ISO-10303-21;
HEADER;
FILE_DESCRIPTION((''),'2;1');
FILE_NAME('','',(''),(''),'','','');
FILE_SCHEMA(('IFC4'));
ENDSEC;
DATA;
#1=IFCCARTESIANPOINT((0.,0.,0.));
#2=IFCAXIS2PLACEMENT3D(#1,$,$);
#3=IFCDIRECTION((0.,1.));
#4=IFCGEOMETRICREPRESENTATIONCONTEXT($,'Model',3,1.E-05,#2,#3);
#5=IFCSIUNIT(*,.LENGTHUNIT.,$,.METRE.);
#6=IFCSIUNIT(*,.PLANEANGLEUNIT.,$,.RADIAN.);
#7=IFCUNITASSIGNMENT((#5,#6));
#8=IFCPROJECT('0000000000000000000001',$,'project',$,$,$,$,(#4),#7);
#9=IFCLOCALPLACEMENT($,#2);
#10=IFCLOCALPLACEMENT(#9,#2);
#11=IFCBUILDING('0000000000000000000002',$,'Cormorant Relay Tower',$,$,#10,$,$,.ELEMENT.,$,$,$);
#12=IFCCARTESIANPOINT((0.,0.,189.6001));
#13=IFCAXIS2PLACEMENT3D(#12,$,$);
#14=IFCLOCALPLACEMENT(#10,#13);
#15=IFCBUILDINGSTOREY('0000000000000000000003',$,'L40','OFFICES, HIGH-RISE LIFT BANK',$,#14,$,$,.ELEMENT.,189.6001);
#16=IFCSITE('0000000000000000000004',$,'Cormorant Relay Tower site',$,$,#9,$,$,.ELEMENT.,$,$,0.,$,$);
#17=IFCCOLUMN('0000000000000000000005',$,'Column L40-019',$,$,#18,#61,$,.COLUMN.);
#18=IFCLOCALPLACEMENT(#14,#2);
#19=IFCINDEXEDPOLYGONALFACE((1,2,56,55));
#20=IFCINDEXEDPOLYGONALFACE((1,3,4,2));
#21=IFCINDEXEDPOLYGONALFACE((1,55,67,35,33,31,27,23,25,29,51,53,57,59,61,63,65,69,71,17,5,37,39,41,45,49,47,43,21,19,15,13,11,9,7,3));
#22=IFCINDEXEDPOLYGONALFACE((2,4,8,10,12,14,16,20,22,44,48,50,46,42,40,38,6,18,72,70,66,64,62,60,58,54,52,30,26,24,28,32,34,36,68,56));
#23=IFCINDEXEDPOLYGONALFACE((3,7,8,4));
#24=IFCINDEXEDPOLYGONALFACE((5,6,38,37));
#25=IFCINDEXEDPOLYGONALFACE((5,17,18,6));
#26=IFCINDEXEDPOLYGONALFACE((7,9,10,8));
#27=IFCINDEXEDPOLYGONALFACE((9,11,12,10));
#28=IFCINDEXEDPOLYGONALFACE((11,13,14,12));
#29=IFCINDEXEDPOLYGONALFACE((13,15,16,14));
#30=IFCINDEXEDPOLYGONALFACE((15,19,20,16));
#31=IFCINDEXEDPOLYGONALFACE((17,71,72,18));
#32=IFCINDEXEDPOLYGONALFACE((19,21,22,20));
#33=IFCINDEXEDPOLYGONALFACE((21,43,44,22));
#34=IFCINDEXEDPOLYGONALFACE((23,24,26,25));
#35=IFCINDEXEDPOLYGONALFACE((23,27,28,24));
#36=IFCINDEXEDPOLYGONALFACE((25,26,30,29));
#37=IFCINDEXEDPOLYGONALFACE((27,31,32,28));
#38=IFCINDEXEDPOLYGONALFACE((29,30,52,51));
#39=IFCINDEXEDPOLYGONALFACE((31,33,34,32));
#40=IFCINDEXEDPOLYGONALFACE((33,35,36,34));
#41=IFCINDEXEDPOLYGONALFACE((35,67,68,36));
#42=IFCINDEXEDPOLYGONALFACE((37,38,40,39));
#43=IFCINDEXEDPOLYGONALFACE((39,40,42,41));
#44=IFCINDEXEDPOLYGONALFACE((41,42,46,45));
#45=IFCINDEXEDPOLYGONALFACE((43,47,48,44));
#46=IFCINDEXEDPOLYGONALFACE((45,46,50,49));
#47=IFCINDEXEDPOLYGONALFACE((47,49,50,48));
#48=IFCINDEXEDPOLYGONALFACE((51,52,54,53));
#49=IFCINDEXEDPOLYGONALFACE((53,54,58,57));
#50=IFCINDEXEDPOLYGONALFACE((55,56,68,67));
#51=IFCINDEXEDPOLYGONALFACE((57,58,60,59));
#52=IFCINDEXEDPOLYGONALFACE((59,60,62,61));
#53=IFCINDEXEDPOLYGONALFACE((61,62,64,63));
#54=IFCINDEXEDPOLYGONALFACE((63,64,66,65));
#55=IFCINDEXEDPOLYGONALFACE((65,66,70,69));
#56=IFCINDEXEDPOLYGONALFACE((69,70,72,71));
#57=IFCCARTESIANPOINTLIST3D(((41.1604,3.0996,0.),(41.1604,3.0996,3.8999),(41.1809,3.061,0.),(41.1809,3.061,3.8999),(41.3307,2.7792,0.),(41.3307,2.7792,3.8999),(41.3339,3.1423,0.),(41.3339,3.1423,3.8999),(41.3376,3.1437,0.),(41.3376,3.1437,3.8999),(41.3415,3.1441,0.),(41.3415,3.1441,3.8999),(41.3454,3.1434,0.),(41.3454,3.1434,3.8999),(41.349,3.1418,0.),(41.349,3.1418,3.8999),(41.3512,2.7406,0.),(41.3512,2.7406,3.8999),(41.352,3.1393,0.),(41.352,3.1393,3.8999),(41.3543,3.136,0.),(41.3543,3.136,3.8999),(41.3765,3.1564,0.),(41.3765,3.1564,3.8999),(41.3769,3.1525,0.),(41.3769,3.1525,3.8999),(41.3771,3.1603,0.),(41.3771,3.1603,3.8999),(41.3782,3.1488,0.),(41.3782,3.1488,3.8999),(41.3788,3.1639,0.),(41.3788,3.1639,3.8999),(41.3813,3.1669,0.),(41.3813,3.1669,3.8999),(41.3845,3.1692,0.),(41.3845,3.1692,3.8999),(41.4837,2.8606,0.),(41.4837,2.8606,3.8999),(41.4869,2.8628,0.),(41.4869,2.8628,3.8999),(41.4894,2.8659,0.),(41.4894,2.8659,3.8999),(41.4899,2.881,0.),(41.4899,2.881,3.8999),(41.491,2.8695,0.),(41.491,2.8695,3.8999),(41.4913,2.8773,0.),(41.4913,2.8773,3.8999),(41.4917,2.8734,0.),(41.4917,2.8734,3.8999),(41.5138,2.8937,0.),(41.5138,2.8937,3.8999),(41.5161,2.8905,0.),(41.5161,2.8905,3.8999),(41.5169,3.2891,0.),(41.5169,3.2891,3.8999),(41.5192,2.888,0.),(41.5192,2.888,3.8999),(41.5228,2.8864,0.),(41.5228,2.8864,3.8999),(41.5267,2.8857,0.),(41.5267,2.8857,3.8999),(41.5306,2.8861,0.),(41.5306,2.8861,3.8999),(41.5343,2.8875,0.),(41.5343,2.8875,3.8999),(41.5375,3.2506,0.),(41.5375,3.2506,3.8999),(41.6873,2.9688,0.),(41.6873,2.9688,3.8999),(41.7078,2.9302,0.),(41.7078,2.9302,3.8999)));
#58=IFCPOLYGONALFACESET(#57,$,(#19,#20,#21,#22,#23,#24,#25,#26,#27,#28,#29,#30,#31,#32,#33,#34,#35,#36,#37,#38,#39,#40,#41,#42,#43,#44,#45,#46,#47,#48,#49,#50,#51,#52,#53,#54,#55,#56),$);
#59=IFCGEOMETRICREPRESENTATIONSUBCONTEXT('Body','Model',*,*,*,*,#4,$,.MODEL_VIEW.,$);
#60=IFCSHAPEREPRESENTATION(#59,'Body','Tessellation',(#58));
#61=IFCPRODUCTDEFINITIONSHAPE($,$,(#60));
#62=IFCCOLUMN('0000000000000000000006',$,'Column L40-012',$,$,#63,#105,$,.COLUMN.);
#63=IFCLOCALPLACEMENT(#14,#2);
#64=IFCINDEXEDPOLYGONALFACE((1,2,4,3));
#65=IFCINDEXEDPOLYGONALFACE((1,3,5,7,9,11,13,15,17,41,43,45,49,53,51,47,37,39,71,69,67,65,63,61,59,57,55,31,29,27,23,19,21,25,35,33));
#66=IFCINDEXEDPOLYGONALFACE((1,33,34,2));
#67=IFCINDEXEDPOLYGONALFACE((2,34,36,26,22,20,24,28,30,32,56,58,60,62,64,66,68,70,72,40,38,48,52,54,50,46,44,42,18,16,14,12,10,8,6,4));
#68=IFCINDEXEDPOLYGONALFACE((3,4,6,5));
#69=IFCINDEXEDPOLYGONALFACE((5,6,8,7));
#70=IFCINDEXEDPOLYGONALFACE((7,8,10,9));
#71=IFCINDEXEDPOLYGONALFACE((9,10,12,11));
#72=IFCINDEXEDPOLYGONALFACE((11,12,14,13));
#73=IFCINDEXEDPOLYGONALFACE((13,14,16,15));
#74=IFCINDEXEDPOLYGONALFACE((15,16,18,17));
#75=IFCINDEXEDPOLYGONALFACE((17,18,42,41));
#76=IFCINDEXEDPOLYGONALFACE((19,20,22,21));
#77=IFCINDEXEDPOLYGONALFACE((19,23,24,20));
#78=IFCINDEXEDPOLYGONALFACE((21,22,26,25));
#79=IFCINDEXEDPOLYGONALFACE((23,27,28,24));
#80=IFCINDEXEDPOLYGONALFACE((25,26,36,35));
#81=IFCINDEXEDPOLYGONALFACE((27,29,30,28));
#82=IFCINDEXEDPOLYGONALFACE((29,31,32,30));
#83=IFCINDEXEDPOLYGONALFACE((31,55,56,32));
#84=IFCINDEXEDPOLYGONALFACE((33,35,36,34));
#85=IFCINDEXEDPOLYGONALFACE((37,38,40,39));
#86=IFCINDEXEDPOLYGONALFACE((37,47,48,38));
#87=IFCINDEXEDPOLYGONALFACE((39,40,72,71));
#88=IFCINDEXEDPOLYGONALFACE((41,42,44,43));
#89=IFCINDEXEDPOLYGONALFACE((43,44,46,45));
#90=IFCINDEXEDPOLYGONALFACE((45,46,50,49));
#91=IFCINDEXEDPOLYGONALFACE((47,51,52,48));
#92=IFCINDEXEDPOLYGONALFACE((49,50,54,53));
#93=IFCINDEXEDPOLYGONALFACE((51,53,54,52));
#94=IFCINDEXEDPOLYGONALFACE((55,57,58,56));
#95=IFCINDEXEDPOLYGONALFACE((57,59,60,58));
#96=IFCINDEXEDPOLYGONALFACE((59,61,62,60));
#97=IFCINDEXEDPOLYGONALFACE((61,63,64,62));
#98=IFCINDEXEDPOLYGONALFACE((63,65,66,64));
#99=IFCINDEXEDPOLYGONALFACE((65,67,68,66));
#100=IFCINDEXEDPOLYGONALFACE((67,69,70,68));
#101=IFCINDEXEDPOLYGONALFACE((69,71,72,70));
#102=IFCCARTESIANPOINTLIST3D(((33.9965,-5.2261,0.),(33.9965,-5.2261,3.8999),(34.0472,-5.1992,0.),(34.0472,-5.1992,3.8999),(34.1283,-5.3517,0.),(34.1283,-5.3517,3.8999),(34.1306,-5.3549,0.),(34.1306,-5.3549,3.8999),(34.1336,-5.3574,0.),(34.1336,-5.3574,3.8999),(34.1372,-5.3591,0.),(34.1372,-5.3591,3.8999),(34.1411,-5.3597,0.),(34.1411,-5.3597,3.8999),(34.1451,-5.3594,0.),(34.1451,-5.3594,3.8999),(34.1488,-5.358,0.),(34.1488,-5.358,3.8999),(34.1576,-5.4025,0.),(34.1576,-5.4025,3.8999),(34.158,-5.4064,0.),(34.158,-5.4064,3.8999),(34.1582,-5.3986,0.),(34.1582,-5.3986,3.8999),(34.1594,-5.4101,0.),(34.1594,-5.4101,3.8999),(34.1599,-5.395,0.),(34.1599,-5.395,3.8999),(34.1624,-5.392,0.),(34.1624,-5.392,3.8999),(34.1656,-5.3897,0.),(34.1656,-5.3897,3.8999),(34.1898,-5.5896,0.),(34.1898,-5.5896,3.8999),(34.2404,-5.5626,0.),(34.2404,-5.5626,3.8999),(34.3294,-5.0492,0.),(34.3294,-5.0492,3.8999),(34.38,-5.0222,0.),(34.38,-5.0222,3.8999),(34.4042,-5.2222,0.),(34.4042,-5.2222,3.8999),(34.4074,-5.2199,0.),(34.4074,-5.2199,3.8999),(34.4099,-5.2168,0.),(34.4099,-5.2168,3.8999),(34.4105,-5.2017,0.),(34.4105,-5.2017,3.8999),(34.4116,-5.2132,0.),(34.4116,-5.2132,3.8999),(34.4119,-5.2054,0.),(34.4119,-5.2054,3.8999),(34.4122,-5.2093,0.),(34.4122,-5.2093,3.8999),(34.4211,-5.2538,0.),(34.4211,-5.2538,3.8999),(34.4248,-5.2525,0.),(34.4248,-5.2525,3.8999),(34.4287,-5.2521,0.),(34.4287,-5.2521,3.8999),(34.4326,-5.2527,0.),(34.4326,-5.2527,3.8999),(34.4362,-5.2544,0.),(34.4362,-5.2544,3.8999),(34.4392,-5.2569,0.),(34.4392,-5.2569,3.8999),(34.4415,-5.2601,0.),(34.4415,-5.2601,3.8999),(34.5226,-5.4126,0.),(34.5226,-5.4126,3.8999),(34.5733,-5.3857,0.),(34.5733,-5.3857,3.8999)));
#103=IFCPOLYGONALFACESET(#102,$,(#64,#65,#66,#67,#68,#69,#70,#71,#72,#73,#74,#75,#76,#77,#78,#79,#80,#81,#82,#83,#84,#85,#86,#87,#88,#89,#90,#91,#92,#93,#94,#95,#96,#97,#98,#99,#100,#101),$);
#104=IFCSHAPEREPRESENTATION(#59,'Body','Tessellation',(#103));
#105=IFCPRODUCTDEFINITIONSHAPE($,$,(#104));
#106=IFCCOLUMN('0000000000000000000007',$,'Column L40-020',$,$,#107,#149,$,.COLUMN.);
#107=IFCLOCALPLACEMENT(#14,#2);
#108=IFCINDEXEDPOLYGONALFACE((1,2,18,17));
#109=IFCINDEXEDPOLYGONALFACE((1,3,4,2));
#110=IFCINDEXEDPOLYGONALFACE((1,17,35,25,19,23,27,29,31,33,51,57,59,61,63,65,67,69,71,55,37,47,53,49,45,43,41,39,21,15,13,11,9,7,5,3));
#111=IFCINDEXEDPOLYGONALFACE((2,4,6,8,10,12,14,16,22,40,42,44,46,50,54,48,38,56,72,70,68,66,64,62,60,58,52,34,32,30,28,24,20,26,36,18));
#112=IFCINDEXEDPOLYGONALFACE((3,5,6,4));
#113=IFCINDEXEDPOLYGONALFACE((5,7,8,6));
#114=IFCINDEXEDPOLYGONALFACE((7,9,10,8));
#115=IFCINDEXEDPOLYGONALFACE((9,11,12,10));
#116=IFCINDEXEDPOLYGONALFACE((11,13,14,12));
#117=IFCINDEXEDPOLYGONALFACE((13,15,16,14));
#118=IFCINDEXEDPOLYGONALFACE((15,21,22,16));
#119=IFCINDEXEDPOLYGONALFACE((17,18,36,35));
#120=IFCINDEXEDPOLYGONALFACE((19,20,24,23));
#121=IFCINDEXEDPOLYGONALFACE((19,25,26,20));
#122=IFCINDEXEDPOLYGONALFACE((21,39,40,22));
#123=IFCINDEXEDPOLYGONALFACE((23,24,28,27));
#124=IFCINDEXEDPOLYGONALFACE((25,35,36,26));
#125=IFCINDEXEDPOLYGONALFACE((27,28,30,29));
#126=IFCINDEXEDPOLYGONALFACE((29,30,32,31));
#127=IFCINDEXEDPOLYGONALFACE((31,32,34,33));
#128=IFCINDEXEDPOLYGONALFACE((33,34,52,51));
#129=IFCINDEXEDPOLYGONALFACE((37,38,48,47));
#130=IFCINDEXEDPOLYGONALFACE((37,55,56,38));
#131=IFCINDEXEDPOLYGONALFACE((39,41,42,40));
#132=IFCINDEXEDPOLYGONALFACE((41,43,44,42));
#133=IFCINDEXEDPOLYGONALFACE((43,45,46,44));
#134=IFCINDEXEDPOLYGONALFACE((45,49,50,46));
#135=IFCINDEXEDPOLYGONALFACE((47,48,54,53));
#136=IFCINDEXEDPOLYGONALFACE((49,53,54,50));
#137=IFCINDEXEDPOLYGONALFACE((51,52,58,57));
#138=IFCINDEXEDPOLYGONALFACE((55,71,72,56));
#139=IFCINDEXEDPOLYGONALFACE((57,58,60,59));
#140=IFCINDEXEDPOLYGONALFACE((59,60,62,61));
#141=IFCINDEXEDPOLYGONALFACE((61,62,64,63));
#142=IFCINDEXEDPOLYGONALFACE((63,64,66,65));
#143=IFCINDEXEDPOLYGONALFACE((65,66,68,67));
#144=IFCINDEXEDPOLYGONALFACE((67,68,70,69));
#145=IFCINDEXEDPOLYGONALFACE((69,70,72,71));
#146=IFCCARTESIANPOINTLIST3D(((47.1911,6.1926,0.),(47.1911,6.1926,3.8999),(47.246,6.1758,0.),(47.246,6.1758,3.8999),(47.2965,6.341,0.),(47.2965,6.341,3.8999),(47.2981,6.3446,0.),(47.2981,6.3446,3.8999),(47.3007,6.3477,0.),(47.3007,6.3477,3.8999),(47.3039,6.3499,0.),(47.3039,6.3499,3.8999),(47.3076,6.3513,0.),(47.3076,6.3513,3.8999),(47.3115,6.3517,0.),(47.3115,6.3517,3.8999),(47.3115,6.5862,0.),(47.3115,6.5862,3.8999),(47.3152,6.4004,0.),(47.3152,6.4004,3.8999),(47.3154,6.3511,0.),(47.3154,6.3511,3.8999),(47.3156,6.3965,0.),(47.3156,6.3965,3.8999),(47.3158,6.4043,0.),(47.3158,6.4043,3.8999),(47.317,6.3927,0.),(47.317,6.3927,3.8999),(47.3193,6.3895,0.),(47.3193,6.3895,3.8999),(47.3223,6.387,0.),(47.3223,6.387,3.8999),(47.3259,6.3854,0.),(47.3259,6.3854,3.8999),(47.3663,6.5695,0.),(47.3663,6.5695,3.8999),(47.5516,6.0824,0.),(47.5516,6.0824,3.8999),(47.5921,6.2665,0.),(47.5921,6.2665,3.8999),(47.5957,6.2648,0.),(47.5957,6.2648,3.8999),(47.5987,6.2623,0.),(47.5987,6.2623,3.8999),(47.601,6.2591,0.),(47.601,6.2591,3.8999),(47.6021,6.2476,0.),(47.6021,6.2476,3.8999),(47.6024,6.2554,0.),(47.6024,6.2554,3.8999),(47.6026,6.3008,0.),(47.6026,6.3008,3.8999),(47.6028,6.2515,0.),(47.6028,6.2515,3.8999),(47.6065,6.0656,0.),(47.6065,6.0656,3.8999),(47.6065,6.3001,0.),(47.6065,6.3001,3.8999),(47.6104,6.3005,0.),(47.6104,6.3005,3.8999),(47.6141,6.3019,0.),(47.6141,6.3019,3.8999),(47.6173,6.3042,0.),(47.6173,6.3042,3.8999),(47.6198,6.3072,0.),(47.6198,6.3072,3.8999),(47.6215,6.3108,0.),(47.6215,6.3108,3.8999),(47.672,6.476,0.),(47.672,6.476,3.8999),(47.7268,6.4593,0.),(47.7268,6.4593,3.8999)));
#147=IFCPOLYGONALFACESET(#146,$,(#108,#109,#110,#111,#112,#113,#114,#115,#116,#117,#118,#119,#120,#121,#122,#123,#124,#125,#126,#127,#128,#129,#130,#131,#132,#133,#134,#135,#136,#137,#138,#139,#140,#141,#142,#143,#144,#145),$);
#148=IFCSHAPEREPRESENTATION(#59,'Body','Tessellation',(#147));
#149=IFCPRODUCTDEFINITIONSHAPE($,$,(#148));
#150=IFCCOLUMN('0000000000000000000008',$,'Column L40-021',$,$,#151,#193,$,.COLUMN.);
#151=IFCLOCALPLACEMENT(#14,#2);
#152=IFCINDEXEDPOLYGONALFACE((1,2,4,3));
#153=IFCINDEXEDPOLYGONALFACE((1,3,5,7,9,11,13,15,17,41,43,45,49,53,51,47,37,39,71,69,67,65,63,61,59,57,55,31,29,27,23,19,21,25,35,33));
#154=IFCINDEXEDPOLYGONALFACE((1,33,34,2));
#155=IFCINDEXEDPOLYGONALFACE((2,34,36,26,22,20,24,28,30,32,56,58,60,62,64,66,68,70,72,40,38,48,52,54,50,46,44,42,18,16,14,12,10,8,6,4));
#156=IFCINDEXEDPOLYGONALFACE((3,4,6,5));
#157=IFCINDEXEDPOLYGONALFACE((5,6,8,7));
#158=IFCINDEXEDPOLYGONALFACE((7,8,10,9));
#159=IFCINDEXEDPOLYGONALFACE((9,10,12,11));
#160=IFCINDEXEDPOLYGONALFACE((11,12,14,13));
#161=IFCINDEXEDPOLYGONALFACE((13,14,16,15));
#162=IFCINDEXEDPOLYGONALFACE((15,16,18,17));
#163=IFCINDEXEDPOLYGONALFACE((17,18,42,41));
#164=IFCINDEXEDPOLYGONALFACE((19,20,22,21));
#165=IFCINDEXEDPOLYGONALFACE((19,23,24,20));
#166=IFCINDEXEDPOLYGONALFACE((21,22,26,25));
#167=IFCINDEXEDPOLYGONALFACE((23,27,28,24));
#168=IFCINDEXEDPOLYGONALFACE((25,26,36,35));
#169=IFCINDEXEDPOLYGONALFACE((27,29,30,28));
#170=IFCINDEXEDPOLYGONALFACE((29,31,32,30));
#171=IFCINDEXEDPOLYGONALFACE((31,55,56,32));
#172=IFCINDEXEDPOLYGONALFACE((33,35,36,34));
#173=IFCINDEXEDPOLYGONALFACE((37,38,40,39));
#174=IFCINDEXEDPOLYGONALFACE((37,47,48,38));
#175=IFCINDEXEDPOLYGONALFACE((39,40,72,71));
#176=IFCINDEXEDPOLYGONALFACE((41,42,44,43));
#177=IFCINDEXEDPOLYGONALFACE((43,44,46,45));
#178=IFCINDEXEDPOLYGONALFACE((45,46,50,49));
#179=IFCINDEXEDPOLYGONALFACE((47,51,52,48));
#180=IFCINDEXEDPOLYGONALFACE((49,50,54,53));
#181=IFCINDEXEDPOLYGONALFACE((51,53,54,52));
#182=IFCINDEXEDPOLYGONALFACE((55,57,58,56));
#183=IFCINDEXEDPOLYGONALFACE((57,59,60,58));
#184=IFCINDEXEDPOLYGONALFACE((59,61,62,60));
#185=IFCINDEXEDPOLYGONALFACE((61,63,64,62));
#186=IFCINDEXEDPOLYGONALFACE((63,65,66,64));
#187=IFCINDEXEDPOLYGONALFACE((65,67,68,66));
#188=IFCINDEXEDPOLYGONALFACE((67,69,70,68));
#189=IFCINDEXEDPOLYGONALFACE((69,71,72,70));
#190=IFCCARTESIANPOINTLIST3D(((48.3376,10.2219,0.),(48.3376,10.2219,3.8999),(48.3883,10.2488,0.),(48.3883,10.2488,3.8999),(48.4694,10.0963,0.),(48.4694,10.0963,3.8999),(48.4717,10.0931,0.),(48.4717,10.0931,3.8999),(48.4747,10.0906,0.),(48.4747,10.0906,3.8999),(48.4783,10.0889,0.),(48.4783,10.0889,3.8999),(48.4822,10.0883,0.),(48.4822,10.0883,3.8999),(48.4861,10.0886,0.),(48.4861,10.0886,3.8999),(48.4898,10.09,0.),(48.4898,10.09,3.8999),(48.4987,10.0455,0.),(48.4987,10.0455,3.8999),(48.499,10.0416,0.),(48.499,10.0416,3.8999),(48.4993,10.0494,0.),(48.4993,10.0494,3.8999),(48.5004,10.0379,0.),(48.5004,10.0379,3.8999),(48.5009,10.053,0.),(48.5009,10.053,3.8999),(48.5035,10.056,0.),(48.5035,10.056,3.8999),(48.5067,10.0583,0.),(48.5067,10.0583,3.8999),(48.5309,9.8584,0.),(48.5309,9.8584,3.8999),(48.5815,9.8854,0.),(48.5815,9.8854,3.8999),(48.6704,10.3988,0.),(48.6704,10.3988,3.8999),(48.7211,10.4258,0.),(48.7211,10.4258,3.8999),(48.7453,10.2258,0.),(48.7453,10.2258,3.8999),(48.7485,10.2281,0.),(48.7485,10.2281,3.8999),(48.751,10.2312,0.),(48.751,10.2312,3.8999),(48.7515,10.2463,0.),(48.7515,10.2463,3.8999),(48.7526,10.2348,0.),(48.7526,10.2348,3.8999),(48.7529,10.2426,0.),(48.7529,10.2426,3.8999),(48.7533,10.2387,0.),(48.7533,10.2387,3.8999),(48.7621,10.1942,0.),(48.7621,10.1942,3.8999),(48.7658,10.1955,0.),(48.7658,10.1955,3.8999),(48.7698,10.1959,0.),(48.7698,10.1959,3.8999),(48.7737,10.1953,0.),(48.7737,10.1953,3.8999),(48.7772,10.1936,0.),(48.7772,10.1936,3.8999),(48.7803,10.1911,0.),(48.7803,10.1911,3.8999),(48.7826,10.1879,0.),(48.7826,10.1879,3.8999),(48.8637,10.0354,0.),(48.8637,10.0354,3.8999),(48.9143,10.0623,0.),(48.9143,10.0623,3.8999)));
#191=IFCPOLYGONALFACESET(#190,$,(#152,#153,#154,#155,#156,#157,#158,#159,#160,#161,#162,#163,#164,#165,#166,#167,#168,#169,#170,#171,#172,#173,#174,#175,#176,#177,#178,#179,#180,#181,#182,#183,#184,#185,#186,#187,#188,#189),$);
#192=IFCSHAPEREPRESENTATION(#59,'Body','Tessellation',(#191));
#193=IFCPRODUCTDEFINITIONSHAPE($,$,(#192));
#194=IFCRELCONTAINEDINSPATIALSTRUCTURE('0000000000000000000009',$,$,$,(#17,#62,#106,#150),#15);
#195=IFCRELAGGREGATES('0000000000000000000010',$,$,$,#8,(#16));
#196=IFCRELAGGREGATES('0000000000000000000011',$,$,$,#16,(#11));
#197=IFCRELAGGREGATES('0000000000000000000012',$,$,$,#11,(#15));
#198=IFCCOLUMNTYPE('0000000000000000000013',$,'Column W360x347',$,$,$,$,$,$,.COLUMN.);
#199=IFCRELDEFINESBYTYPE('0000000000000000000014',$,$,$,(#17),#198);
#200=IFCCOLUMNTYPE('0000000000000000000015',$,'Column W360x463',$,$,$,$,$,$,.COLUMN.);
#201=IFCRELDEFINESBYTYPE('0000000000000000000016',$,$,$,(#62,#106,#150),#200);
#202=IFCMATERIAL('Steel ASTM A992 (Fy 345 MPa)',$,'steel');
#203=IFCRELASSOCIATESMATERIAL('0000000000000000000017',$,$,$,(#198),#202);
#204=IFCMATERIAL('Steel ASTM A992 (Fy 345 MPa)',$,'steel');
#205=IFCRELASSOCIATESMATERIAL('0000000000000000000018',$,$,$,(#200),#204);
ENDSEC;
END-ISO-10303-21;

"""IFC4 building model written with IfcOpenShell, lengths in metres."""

from ifc_helpers import new_model, si_unit, direction, frame, origin, origin_2d, place, context, subcontext, project, spatial, i_section, extrude, material, material_profile, profile_set, type_object, element, save


model = new_model("IFC4")

# Units and contexts
model_context = context("Model", 3, precision=1e-05, world=origin(), true_north=direction((0.0, 1.0)))
body_context = subcontext(model_context, "Body", "Model", "MODEL_VIEW")
ifc_project = project(units=[si_unit("LENGTHUNIT", "METRE"), si_unit("PLANEANGLEUNIT", "RADIAN")], contexts=[model_context])

# Site, building, storey
site_placement = place(None, origin())
site = spatial("IfcSite", under=ifc_project, at=site_placement, Name="Cormorant Relay Tower site", CompositionType="ELEMENT", RefElevation=0.0)
building_placement = place(site_placement, origin())
building = spatial("IfcBuilding", under=site, at=building_placement, Name="Cormorant Relay Tower", CompositionType="ELEMENT")
storey_placement = place(building_placement, frame((0.0, 0.0, 189.6001)))
storey = spatial("IfcBuildingStorey", under=building, at=storey_placement, Name="L40", Description="OFFICES, HIGH-RISE LIFT BANK", CompositionType="ELEMENT", Elevation=189.6001)

# Columns
ifc_material_1 = material(Name="Steel ASTM A992 (Fy 345 MPa)", Category="steel")
ifc_material_profile_1 = material_profile(ifc_material_1, i_section(OverallWidth=0.4038, OverallDepth=0.4065, WebThickness=0.0271, FlangeThickness=0.0437, FilletRadius=0.0151, at=origin_2d()), Name="W360x347")
ifc_profile_set_1 = profile_set([ifc_material_profile_1], Name="Steel ASTM A992 (Fy 345 MPa)")
column_type_1 = type_object("IfcColumnType", Name="Column W360x347", PredefinedType="COLUMN", material=ifc_profile_set_1)
column_placement = place(storey_placement, frame((41.4341, 3.0149, 0.0), z_axis=(0.0, 0.0, 1.0), x_axis=(0.882948, 0.469472, 0.0)))
element("IfcColumn", 1, at=column_placement, inside=storey, type_object=column_type_1, Name="Column L40-019", PredefinedType="COLUMN", context=body_context, shape_type="SweptSolid", body=[
    extrude(i_section(OverallWidth=0.4038, OverallDepth=0.4065, WebThickness=0.0271, FlangeThickness=0.0437, FilletRadius=0.0151, at=origin_2d()), origin(), (0.0, 0.0, 1.0), 3.8999),
])
ifc_material_2 = material(Name="Steel ASTM A992 (Fy 345 MPa)", Category="steel")
ifc_material_profile_2 = material_profile(ifc_material_2, i_section(OverallWidth=0.4116, OverallDepth=0.4343, WebThickness=0.0359, FlangeThickness=0.0574, FilletRadius=0.0151, at=origin_2d()), Name="W360x463")
ifc_profile_set_2 = profile_set([ifc_material_profile_2], Name="Steel ASTM A992 (Fy 345 MPa)")
column_type_2 = type_object("IfcColumnType", Name="Column W360x463", PredefinedType="COLUMN", material=ifc_profile_set_2)
for number, where, z_axis, x_axis, name in (
    (2, (34.2849, -5.3059, 0.0), (0.0, 0.0, 1.0), (-0.469472, 0.882948, 0.0), "Column L40-012"),
    (3, (47.459, 6.3259, 0.0), (0.0, 0.0, 1.0), (0.292372, 0.956305, 0.0), "Column L40-020"),
    (4, (48.626, 10.1421, 0.0), (0.0, 0.0, 1.0), (-0.469472, 0.882948, 0.0), "Column L40-021"),
):
    element("IfcColumn", number, at=place(storey_placement, frame(where, z_axis=z_axis, x_axis=x_axis)), inside=storey, type_object=column_type_2, Name=name, PredefinedType="COLUMN", context=body_context, shape_type="SweptSolid", body=[
        extrude(i_section(OverallWidth=0.4116, OverallDepth=0.4343, WebThickness=0.0359, FlangeThickness=0.0574, FilletRadius=0.0151, at=origin_2d()), origin(), (0.0, 0.0, 1.0), 3.8999),
    ])

save(model, "model.ifc")
